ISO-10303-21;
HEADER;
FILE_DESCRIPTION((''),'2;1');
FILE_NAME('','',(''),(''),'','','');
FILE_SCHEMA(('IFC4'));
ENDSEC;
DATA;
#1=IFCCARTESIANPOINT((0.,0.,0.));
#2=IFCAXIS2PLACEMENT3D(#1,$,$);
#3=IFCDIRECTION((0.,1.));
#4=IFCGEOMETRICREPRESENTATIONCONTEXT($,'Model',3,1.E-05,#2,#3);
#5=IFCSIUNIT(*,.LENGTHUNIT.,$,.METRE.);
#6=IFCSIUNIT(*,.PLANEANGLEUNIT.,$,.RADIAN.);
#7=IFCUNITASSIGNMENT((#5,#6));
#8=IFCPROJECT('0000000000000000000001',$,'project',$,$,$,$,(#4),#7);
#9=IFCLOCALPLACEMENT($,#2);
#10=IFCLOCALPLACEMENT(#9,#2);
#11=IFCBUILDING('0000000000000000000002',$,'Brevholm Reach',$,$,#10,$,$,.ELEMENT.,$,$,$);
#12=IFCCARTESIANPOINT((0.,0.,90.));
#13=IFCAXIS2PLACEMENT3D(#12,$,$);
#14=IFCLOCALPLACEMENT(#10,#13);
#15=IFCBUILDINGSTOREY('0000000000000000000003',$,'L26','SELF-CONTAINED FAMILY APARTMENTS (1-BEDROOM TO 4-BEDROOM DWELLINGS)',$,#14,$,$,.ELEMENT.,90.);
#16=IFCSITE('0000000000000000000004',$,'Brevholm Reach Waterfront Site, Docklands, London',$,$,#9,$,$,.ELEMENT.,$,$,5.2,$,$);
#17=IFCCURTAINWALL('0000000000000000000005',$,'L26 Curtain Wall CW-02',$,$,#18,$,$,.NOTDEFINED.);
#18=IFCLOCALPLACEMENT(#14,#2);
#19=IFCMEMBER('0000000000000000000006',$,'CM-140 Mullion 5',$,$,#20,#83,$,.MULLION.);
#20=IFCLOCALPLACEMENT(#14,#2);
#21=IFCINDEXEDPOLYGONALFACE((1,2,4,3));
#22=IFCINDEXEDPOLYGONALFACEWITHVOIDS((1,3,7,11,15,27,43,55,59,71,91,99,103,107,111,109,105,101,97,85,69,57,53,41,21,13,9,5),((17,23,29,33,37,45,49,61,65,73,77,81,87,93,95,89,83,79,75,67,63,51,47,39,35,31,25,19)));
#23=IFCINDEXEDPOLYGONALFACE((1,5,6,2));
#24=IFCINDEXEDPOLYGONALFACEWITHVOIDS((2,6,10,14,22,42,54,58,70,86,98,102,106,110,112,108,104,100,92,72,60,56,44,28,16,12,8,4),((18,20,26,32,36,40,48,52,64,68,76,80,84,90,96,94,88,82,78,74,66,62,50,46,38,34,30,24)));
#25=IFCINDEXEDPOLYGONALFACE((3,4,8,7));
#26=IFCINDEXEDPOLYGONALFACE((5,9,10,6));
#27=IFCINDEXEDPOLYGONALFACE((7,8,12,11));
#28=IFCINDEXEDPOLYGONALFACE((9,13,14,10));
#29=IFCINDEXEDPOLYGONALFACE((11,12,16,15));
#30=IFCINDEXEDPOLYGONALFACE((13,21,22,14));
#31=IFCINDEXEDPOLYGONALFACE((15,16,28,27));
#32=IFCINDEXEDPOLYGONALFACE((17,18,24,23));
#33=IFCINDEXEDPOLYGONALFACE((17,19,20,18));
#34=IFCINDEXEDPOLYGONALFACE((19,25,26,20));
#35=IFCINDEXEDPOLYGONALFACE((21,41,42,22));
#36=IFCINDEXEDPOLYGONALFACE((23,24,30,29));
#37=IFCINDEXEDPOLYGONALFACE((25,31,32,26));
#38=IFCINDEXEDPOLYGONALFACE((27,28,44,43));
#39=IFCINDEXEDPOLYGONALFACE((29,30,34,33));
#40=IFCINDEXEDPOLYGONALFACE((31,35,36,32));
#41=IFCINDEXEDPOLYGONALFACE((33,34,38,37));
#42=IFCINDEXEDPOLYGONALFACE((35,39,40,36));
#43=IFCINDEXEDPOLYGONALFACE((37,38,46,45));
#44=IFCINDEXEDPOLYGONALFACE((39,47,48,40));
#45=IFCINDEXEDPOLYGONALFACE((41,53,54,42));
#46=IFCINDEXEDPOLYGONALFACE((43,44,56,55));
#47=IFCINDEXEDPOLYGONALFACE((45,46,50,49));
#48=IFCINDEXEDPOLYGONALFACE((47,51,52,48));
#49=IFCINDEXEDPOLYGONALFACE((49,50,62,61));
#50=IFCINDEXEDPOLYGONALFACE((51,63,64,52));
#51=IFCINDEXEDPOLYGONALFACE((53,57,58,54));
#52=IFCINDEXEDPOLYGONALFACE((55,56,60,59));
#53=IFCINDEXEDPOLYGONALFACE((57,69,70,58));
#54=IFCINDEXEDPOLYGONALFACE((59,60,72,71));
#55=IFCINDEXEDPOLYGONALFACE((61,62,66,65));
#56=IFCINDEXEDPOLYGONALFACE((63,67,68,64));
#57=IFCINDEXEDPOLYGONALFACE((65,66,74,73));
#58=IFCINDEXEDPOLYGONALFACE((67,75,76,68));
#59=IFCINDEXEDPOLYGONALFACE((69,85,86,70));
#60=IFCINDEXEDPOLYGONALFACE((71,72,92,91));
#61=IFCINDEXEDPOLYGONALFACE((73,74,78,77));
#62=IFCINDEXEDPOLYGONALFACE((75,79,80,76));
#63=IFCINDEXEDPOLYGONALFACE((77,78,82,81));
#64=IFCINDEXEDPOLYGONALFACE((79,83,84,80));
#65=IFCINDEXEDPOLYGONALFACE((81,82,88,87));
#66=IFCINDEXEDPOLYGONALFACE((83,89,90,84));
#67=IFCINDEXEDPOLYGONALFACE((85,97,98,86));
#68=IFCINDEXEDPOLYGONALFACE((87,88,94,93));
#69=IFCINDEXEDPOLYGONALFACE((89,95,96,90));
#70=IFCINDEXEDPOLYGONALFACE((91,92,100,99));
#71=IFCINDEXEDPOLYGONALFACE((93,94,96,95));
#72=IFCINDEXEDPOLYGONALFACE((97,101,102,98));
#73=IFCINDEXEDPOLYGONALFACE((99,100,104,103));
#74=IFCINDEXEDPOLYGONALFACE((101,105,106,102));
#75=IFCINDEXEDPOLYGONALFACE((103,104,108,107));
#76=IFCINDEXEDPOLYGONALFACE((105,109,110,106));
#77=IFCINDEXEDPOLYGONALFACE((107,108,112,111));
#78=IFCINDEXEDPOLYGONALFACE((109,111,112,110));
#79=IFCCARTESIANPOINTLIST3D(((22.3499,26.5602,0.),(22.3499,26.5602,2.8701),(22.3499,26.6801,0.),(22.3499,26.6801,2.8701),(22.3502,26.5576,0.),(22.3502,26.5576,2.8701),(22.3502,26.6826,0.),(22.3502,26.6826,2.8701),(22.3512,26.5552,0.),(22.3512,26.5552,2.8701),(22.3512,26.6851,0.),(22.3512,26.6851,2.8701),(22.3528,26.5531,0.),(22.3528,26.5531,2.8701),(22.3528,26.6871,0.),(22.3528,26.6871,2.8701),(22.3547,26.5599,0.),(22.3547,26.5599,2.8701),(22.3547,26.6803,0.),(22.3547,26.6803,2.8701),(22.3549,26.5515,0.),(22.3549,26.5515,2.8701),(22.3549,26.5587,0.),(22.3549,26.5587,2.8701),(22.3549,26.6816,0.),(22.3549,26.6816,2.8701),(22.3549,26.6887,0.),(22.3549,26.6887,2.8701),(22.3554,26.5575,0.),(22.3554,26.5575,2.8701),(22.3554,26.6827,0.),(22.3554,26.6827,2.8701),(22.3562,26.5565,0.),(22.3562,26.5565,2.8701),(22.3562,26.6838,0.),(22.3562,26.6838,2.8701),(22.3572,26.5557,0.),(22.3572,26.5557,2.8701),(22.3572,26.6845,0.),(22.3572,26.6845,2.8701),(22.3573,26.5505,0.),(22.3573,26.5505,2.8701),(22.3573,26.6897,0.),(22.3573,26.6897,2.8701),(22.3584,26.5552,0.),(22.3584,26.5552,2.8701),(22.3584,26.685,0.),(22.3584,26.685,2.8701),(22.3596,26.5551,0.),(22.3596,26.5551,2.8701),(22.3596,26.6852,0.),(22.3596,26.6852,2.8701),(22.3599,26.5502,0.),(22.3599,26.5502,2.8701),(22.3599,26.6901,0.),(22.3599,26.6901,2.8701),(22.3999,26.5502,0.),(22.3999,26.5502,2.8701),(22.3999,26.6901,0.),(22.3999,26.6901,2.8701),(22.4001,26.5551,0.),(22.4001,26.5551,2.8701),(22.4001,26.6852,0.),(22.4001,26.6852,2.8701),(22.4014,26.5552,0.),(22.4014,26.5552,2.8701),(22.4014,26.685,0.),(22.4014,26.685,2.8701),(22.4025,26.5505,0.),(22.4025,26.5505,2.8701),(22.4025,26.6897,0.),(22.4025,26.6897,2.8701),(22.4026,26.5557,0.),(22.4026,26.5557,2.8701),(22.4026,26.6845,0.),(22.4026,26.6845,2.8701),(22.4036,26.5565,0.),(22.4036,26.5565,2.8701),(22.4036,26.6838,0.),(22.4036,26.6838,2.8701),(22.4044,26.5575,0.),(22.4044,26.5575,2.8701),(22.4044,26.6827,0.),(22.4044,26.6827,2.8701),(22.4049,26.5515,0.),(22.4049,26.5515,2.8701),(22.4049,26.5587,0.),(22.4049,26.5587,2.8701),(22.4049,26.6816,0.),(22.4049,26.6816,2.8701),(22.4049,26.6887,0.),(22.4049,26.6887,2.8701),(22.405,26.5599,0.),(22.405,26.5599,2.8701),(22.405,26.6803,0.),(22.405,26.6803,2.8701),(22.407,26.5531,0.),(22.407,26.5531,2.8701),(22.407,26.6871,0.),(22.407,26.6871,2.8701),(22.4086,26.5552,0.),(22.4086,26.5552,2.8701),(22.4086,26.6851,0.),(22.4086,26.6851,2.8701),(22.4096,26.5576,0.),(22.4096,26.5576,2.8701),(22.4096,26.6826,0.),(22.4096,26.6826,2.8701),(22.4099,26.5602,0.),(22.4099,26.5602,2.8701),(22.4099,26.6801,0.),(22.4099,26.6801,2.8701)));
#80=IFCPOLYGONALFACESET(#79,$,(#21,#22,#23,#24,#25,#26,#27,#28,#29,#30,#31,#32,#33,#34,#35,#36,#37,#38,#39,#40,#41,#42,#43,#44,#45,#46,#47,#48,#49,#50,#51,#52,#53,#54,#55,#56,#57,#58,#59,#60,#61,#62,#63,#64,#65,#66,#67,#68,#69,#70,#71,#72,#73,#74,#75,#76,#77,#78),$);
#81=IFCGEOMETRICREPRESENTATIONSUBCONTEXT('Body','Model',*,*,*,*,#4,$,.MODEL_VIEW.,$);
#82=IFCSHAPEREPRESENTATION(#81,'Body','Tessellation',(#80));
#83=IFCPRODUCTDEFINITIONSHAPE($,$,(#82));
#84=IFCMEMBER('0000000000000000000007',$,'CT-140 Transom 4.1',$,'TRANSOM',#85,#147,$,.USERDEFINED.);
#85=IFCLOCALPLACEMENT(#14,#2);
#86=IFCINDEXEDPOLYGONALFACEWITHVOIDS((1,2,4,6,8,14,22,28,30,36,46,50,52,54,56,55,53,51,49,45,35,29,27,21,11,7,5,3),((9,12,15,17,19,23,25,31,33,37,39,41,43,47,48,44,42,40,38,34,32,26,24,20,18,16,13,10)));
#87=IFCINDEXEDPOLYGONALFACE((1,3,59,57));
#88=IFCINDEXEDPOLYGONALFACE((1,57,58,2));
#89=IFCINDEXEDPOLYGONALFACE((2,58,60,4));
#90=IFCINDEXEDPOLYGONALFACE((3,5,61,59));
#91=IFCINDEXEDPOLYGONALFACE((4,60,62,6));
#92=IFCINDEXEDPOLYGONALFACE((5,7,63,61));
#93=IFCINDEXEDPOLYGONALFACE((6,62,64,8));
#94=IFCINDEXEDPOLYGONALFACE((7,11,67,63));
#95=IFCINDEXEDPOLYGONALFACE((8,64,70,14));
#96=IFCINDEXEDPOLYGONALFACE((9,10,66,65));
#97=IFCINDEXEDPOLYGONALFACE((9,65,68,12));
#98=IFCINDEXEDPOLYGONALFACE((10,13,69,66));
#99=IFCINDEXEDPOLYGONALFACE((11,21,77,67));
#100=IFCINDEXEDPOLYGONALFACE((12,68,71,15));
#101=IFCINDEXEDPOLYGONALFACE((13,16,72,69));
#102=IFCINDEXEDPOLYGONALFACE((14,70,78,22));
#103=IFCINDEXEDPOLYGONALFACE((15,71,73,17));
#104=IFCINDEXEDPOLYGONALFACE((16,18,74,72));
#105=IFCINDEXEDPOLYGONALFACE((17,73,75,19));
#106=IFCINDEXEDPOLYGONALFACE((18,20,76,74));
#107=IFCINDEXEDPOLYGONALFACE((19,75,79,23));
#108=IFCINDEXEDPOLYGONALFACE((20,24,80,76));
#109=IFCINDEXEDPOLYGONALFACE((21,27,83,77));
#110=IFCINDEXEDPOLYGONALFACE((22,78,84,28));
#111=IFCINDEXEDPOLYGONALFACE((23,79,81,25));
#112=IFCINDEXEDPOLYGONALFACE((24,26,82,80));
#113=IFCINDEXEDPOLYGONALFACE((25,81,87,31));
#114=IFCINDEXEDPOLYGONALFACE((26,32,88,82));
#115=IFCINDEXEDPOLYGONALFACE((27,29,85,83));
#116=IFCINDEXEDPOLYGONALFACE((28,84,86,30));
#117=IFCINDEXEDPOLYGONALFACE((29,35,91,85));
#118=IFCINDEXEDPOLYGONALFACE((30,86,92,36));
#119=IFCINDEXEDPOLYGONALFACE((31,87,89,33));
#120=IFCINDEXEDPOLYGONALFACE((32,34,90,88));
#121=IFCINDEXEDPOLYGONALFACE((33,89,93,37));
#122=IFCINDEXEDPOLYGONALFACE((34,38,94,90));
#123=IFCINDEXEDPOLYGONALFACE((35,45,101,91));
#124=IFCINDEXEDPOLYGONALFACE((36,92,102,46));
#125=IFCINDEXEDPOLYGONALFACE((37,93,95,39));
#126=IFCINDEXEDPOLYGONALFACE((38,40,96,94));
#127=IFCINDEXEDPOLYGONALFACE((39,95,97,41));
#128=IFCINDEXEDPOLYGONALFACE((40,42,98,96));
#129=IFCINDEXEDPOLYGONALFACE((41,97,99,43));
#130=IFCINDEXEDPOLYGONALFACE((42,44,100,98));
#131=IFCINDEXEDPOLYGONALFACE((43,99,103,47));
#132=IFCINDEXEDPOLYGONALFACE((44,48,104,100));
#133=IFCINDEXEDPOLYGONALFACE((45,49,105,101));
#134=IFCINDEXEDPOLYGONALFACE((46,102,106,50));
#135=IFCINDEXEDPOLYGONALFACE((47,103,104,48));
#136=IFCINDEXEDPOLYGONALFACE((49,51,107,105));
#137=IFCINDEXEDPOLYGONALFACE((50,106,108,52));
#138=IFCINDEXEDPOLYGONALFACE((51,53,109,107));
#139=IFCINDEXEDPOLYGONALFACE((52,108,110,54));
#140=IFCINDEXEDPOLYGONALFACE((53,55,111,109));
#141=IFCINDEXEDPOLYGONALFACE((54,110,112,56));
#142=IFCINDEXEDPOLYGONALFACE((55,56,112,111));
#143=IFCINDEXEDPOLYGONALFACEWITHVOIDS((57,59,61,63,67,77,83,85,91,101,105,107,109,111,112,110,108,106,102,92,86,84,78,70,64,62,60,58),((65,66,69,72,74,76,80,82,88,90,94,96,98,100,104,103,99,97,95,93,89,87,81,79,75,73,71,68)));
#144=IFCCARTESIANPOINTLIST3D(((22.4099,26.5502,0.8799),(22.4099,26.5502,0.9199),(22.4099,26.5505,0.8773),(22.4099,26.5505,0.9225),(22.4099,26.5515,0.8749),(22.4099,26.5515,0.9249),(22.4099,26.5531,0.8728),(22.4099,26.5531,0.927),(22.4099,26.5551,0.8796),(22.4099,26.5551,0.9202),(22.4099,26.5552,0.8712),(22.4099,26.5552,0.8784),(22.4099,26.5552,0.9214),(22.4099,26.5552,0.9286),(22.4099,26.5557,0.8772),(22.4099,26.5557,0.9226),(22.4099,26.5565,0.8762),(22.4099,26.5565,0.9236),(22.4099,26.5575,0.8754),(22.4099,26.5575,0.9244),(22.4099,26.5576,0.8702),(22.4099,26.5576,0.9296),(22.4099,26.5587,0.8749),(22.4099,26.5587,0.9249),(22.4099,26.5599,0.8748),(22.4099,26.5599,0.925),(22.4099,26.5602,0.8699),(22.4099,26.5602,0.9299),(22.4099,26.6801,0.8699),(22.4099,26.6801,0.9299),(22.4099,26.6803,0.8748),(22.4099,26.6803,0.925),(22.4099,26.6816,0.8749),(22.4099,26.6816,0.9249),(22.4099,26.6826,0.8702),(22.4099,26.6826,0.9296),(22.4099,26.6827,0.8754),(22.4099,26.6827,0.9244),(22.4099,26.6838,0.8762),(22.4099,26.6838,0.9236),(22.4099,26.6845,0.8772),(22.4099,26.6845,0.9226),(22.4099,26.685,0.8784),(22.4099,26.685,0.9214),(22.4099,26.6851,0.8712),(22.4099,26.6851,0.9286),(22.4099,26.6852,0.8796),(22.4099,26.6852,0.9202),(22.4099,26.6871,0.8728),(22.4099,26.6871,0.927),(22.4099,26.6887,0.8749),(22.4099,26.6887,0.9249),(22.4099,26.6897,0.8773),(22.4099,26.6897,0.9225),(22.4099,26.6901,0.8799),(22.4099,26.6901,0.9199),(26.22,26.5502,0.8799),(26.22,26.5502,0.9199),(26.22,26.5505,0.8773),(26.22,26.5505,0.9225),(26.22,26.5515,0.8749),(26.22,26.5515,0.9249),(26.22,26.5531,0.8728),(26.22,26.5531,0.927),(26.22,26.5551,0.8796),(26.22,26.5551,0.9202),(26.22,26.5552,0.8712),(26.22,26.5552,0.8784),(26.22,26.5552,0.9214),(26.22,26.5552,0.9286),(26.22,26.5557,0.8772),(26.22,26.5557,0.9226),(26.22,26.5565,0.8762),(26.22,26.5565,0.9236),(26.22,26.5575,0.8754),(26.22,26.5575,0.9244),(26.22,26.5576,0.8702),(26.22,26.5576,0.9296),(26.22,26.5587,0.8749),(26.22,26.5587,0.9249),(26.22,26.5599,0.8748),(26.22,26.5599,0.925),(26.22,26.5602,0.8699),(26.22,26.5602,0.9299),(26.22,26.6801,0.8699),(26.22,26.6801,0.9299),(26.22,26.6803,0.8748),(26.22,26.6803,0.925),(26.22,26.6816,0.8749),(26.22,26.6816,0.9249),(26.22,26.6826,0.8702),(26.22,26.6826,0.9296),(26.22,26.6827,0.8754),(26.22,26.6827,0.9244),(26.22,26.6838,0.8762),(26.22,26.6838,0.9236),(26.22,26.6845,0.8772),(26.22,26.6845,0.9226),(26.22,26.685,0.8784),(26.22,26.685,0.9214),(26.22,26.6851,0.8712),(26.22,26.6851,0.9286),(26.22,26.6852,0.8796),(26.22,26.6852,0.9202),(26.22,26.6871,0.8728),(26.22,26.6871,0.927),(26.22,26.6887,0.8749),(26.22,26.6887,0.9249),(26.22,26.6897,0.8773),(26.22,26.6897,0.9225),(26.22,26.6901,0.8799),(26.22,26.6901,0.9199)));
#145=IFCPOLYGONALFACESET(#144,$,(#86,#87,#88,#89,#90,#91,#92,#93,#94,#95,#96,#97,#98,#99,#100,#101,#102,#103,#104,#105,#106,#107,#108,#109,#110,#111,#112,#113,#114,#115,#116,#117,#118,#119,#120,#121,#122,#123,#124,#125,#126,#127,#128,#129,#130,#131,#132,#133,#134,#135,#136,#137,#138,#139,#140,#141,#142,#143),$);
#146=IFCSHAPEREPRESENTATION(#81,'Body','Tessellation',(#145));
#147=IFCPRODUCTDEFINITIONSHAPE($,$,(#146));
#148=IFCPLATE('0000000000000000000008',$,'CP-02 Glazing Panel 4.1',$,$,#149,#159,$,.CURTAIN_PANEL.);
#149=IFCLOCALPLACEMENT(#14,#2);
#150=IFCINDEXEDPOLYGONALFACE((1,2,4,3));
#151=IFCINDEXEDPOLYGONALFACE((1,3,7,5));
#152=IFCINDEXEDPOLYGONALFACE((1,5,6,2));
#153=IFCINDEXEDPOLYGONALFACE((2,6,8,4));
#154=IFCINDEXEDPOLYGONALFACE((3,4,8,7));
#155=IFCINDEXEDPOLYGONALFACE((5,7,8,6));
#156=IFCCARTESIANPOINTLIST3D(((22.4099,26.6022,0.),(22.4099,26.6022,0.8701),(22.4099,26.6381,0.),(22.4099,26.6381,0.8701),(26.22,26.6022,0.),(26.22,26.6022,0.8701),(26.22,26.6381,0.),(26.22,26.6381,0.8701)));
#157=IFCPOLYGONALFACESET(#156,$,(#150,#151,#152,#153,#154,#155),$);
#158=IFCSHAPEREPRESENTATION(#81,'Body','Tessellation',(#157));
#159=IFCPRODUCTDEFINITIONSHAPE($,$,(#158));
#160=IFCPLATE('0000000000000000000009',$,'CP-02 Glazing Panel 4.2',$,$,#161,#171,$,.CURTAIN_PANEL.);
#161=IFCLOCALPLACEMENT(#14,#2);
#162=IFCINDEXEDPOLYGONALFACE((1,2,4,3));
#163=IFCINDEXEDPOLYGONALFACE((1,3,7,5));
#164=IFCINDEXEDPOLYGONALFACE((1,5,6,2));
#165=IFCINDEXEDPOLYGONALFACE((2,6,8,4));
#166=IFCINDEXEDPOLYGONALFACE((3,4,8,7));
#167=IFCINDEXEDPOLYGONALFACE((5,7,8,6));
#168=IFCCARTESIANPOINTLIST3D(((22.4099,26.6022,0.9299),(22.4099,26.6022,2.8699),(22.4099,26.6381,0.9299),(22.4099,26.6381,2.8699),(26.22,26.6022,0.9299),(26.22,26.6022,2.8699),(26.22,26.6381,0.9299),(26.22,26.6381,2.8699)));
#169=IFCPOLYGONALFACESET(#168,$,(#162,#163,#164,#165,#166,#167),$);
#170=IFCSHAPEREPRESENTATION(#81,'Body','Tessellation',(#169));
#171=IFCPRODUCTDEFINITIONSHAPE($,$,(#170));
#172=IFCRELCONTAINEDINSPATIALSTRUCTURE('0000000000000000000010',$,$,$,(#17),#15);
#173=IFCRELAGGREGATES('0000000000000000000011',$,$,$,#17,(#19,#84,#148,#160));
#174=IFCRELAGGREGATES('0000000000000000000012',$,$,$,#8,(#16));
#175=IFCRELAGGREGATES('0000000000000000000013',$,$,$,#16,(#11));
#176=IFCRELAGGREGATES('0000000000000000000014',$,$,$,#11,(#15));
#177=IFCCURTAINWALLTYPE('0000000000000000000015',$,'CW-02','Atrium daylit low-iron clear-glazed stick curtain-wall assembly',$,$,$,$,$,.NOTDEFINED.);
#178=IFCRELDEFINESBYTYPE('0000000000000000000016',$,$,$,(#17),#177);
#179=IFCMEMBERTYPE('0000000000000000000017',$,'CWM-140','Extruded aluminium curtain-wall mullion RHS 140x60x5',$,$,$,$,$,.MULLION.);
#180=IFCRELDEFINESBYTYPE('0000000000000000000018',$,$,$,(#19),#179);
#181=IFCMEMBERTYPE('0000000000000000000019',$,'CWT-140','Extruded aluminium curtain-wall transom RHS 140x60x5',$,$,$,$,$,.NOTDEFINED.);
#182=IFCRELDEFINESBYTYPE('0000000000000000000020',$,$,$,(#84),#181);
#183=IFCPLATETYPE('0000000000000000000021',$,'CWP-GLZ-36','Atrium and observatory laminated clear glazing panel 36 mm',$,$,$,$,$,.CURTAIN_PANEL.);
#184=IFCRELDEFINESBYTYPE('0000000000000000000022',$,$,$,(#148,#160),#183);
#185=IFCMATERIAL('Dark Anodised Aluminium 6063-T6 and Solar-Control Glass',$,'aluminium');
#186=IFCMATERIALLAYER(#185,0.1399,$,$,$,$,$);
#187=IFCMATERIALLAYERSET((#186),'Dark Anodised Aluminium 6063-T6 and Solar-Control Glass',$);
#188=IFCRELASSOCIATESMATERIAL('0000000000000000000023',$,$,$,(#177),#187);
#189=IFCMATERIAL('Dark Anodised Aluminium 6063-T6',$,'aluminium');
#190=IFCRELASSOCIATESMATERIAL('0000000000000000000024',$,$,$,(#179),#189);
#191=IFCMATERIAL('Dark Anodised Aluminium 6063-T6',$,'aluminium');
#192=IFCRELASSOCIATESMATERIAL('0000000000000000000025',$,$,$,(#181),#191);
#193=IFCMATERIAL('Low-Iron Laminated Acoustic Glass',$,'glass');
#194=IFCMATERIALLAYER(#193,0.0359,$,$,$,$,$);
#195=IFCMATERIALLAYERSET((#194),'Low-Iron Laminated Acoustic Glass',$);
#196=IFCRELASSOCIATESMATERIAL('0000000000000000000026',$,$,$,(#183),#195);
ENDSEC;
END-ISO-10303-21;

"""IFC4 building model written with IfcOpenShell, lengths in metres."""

from ifc_helpers import new_model, si_unit, direction, frame, origin, origin_2d, place, context, subcontext, project, spatial, rectangle, hollow_rectangle, extrude, material, layer, layer_set, material_profile, profile_set, type_object, element, aggregate, save


model = new_model("IFC4")

# Units and contexts
model_context = context("Model", 3, precision=1e-05, world=origin(), true_north=direction((0.0, 1.0)))
body_context = subcontext(model_context, "Body", "Model", "MODEL_VIEW")
ifc_project = project(units=[si_unit("LENGTHUNIT", "METRE"), si_unit("PLANEANGLEUNIT", "RADIAN")], contexts=[model_context])

# Site, building, storey
site_placement = place(None, origin())
site = spatial("IfcSite", under=ifc_project, at=site_placement, Name="Brevholm Reach Waterfront Site, Docklands, London", CompositionType="ELEMENT", RefElevation=5.2)
building_placement = place(site_placement, origin())
building = spatial("IfcBuilding", under=site, at=building_placement, Name="Brevholm Reach", CompositionType="ELEMENT")
storey_placement = place(building_placement, frame((0.0, 0.0, 90.0)))
storey = spatial("IfcBuildingStorey", under=building, at=storey_placement, Name="L26", Description="SELF-CONTAINED FAMILY APARTMENTS (1-BEDROOM TO 4-BEDROOM DWELLINGS)", CompositionType="ELEMENT", Elevation=90.0)

# Curtain wall, members, plates
ifc_material_1 = material(Name="Dark Anodised Aluminium 6063-T6 and Solar-Control Glass", Category="aluminium")
ifc_layer_1 = layer(ifc_material_1, 0.1399)
ifc_layer_set_1 = layer_set([ifc_layer_1], Name="Dark Anodised Aluminium 6063-T6 and Solar-Control Glass")
curtain_wall_type = type_object("IfcCurtainWallType", Name="CW-02", Description="Atrium daylit low-iron clear-glazed stick curtain-wall assembly", PredefinedType="NOTDEFINED", material=ifc_layer_set_1)
curtain_wall_placement = place(storey_placement, origin())
curtain_wall = element("IfcCurtainWall", 1, at=curtain_wall_placement, inside=storey, type_object=curtain_wall_type, Name="L26 Curtain Wall CW-02", PredefinedType="NOTDEFINED")
ifc_material_2 = material(Name="Dark Anodised Aluminium 6063-T6", Category="aluminium")
ifc_material_profile_1 = material_profile(ifc_material_2, hollow_rectangle(XDim=0.0601, YDim=0.1399, WallThickness=0.0049, InnerFilletRadius=0.0049, OuterFilletRadius=0.01, at=origin_2d()), Name="RHS 140x60x5")
ifc_profile_set_1 = profile_set([ifc_material_profile_1], Name="Dark Anodised Aluminium 6063-T6")
member_type_1 = type_object("IfcMemberType", Name="CWM-140", Description="Extruded aluminium curtain-wall mullion RHS 140x60x5", PredefinedType="MULLION", material=ifc_profile_set_1)
member_1_placement = place(storey_placement, frame((22.3799, 26.6201, 0.0), z_axis=(0.0, 0.0, 1.0), x_axis=(-1.0, 0.0, 0.0)))
member_1 = element("IfcMember", 2, at=member_1_placement, type_object=member_type_1, Name="CM-140 Mullion 5", PredefinedType="MULLION", context=body_context, shape_type="SweptSolid", body=[
    extrude(hollow_rectangle(XDim=0.0601, YDim=0.1399, WallThickness=0.0049, InnerFilletRadius=0.0049, OuterFilletRadius=0.01, at=origin_2d()), origin(), (0.0, 0.0, 1.0), 2.8701),
])
ifc_material_3 = material(Name="Dark Anodised Aluminium 6063-T6", Category="aluminium")
ifc_material_profile_2 = material_profile(ifc_material_3, hollow_rectangle(XDim=0.0601, YDim=0.1399, WallThickness=0.0049, InnerFilletRadius=0.0049, OuterFilletRadius=0.01, at=origin_2d()), Name="RHS 140x60x5")
ifc_profile_set_2 = profile_set([ifc_material_profile_2], Name="Dark Anodised Aluminium 6063-T6")
member_type_2 = type_object("IfcMemberType", Name="CWT-140", Description="Extruded aluminium curtain-wall transom RHS 140x60x5", PredefinedType="NOTDEFINED", material=ifc_profile_set_2)
member_2_placement = place(storey_placement, frame((26.22, 26.6201, 0.8999), z_axis=(-1.0, 0.0, 0.0), x_axis=(0.0, 0.0, 1.0)))
member_2 = element("IfcMember", 3, at=member_2_placement, type_object=member_type_2, Name="CT-140 Transom 4.1", ObjectType="TRANSOM", PredefinedType="USERDEFINED", context=body_context, shape_type="SweptSolid", body=[
    extrude(hollow_rectangle(XDim=0.0601, YDim=0.1399, WallThickness=0.0049, InnerFilletRadius=0.0049, OuterFilletRadius=0.01, at=origin_2d()), origin(), (0.0, 0.0, 1.0), 3.8101),
])
ifc_material_4 = material(Name="Low-Iron Laminated Acoustic Glass", Category="glass")
ifc_layer_2 = layer(ifc_material_4, 0.0359)
ifc_layer_set_2 = layer_set([ifc_layer_2], Name="Low-Iron Laminated Acoustic Glass")
plate_type = type_object("IfcPlateType", Name="CWP-GLZ-36", Description="Atrium and observatory laminated clear glazing panel 36 mm", PredefinedType="CURTAIN_PANEL", material=ifc_layer_set_2)
plate_1_placement = place(storey_placement, frame((24.3149, 26.6201, 0.0), z_axis=(0.0, 0.0, 1.0), x_axis=(-1.0, 0.0, 0.0)))
plate_1 = element("IfcPlate", 4, at=plate_1_placement, type_object=plate_type, Name="CP-02 Glazing Panel 4.1", PredefinedType="CURTAIN_PANEL", context=body_context, shape_type="SweptSolid", body=[
    extrude(rectangle(XDim=3.8101, YDim=0.0359, at=origin_2d()), origin(), (0.0, 0.0, 1.0), 0.8701),
])
plate_2_placement = place(storey_placement, frame((24.3149, 26.6201, 0.9299), z_axis=(0.0, 0.0, 1.0), x_axis=(-1.0, 0.0, 0.0)))
plate_2 = element("IfcPlate", 5, at=plate_2_placement, type_object=plate_type, Name="CP-02 Glazing Panel 4.2", PredefinedType="CURTAIN_PANEL", context=body_context, shape_type="SweptSolid", body=[
    extrude(rectangle(XDim=3.8101, YDim=0.0359, at=origin_2d()), origin(), (0.0, 0.0, 1.0), 1.9399),
])
aggregate(curtain_wall, [member_1, member_2, plate_1, plate_2])

save(model, "model.ifc")
